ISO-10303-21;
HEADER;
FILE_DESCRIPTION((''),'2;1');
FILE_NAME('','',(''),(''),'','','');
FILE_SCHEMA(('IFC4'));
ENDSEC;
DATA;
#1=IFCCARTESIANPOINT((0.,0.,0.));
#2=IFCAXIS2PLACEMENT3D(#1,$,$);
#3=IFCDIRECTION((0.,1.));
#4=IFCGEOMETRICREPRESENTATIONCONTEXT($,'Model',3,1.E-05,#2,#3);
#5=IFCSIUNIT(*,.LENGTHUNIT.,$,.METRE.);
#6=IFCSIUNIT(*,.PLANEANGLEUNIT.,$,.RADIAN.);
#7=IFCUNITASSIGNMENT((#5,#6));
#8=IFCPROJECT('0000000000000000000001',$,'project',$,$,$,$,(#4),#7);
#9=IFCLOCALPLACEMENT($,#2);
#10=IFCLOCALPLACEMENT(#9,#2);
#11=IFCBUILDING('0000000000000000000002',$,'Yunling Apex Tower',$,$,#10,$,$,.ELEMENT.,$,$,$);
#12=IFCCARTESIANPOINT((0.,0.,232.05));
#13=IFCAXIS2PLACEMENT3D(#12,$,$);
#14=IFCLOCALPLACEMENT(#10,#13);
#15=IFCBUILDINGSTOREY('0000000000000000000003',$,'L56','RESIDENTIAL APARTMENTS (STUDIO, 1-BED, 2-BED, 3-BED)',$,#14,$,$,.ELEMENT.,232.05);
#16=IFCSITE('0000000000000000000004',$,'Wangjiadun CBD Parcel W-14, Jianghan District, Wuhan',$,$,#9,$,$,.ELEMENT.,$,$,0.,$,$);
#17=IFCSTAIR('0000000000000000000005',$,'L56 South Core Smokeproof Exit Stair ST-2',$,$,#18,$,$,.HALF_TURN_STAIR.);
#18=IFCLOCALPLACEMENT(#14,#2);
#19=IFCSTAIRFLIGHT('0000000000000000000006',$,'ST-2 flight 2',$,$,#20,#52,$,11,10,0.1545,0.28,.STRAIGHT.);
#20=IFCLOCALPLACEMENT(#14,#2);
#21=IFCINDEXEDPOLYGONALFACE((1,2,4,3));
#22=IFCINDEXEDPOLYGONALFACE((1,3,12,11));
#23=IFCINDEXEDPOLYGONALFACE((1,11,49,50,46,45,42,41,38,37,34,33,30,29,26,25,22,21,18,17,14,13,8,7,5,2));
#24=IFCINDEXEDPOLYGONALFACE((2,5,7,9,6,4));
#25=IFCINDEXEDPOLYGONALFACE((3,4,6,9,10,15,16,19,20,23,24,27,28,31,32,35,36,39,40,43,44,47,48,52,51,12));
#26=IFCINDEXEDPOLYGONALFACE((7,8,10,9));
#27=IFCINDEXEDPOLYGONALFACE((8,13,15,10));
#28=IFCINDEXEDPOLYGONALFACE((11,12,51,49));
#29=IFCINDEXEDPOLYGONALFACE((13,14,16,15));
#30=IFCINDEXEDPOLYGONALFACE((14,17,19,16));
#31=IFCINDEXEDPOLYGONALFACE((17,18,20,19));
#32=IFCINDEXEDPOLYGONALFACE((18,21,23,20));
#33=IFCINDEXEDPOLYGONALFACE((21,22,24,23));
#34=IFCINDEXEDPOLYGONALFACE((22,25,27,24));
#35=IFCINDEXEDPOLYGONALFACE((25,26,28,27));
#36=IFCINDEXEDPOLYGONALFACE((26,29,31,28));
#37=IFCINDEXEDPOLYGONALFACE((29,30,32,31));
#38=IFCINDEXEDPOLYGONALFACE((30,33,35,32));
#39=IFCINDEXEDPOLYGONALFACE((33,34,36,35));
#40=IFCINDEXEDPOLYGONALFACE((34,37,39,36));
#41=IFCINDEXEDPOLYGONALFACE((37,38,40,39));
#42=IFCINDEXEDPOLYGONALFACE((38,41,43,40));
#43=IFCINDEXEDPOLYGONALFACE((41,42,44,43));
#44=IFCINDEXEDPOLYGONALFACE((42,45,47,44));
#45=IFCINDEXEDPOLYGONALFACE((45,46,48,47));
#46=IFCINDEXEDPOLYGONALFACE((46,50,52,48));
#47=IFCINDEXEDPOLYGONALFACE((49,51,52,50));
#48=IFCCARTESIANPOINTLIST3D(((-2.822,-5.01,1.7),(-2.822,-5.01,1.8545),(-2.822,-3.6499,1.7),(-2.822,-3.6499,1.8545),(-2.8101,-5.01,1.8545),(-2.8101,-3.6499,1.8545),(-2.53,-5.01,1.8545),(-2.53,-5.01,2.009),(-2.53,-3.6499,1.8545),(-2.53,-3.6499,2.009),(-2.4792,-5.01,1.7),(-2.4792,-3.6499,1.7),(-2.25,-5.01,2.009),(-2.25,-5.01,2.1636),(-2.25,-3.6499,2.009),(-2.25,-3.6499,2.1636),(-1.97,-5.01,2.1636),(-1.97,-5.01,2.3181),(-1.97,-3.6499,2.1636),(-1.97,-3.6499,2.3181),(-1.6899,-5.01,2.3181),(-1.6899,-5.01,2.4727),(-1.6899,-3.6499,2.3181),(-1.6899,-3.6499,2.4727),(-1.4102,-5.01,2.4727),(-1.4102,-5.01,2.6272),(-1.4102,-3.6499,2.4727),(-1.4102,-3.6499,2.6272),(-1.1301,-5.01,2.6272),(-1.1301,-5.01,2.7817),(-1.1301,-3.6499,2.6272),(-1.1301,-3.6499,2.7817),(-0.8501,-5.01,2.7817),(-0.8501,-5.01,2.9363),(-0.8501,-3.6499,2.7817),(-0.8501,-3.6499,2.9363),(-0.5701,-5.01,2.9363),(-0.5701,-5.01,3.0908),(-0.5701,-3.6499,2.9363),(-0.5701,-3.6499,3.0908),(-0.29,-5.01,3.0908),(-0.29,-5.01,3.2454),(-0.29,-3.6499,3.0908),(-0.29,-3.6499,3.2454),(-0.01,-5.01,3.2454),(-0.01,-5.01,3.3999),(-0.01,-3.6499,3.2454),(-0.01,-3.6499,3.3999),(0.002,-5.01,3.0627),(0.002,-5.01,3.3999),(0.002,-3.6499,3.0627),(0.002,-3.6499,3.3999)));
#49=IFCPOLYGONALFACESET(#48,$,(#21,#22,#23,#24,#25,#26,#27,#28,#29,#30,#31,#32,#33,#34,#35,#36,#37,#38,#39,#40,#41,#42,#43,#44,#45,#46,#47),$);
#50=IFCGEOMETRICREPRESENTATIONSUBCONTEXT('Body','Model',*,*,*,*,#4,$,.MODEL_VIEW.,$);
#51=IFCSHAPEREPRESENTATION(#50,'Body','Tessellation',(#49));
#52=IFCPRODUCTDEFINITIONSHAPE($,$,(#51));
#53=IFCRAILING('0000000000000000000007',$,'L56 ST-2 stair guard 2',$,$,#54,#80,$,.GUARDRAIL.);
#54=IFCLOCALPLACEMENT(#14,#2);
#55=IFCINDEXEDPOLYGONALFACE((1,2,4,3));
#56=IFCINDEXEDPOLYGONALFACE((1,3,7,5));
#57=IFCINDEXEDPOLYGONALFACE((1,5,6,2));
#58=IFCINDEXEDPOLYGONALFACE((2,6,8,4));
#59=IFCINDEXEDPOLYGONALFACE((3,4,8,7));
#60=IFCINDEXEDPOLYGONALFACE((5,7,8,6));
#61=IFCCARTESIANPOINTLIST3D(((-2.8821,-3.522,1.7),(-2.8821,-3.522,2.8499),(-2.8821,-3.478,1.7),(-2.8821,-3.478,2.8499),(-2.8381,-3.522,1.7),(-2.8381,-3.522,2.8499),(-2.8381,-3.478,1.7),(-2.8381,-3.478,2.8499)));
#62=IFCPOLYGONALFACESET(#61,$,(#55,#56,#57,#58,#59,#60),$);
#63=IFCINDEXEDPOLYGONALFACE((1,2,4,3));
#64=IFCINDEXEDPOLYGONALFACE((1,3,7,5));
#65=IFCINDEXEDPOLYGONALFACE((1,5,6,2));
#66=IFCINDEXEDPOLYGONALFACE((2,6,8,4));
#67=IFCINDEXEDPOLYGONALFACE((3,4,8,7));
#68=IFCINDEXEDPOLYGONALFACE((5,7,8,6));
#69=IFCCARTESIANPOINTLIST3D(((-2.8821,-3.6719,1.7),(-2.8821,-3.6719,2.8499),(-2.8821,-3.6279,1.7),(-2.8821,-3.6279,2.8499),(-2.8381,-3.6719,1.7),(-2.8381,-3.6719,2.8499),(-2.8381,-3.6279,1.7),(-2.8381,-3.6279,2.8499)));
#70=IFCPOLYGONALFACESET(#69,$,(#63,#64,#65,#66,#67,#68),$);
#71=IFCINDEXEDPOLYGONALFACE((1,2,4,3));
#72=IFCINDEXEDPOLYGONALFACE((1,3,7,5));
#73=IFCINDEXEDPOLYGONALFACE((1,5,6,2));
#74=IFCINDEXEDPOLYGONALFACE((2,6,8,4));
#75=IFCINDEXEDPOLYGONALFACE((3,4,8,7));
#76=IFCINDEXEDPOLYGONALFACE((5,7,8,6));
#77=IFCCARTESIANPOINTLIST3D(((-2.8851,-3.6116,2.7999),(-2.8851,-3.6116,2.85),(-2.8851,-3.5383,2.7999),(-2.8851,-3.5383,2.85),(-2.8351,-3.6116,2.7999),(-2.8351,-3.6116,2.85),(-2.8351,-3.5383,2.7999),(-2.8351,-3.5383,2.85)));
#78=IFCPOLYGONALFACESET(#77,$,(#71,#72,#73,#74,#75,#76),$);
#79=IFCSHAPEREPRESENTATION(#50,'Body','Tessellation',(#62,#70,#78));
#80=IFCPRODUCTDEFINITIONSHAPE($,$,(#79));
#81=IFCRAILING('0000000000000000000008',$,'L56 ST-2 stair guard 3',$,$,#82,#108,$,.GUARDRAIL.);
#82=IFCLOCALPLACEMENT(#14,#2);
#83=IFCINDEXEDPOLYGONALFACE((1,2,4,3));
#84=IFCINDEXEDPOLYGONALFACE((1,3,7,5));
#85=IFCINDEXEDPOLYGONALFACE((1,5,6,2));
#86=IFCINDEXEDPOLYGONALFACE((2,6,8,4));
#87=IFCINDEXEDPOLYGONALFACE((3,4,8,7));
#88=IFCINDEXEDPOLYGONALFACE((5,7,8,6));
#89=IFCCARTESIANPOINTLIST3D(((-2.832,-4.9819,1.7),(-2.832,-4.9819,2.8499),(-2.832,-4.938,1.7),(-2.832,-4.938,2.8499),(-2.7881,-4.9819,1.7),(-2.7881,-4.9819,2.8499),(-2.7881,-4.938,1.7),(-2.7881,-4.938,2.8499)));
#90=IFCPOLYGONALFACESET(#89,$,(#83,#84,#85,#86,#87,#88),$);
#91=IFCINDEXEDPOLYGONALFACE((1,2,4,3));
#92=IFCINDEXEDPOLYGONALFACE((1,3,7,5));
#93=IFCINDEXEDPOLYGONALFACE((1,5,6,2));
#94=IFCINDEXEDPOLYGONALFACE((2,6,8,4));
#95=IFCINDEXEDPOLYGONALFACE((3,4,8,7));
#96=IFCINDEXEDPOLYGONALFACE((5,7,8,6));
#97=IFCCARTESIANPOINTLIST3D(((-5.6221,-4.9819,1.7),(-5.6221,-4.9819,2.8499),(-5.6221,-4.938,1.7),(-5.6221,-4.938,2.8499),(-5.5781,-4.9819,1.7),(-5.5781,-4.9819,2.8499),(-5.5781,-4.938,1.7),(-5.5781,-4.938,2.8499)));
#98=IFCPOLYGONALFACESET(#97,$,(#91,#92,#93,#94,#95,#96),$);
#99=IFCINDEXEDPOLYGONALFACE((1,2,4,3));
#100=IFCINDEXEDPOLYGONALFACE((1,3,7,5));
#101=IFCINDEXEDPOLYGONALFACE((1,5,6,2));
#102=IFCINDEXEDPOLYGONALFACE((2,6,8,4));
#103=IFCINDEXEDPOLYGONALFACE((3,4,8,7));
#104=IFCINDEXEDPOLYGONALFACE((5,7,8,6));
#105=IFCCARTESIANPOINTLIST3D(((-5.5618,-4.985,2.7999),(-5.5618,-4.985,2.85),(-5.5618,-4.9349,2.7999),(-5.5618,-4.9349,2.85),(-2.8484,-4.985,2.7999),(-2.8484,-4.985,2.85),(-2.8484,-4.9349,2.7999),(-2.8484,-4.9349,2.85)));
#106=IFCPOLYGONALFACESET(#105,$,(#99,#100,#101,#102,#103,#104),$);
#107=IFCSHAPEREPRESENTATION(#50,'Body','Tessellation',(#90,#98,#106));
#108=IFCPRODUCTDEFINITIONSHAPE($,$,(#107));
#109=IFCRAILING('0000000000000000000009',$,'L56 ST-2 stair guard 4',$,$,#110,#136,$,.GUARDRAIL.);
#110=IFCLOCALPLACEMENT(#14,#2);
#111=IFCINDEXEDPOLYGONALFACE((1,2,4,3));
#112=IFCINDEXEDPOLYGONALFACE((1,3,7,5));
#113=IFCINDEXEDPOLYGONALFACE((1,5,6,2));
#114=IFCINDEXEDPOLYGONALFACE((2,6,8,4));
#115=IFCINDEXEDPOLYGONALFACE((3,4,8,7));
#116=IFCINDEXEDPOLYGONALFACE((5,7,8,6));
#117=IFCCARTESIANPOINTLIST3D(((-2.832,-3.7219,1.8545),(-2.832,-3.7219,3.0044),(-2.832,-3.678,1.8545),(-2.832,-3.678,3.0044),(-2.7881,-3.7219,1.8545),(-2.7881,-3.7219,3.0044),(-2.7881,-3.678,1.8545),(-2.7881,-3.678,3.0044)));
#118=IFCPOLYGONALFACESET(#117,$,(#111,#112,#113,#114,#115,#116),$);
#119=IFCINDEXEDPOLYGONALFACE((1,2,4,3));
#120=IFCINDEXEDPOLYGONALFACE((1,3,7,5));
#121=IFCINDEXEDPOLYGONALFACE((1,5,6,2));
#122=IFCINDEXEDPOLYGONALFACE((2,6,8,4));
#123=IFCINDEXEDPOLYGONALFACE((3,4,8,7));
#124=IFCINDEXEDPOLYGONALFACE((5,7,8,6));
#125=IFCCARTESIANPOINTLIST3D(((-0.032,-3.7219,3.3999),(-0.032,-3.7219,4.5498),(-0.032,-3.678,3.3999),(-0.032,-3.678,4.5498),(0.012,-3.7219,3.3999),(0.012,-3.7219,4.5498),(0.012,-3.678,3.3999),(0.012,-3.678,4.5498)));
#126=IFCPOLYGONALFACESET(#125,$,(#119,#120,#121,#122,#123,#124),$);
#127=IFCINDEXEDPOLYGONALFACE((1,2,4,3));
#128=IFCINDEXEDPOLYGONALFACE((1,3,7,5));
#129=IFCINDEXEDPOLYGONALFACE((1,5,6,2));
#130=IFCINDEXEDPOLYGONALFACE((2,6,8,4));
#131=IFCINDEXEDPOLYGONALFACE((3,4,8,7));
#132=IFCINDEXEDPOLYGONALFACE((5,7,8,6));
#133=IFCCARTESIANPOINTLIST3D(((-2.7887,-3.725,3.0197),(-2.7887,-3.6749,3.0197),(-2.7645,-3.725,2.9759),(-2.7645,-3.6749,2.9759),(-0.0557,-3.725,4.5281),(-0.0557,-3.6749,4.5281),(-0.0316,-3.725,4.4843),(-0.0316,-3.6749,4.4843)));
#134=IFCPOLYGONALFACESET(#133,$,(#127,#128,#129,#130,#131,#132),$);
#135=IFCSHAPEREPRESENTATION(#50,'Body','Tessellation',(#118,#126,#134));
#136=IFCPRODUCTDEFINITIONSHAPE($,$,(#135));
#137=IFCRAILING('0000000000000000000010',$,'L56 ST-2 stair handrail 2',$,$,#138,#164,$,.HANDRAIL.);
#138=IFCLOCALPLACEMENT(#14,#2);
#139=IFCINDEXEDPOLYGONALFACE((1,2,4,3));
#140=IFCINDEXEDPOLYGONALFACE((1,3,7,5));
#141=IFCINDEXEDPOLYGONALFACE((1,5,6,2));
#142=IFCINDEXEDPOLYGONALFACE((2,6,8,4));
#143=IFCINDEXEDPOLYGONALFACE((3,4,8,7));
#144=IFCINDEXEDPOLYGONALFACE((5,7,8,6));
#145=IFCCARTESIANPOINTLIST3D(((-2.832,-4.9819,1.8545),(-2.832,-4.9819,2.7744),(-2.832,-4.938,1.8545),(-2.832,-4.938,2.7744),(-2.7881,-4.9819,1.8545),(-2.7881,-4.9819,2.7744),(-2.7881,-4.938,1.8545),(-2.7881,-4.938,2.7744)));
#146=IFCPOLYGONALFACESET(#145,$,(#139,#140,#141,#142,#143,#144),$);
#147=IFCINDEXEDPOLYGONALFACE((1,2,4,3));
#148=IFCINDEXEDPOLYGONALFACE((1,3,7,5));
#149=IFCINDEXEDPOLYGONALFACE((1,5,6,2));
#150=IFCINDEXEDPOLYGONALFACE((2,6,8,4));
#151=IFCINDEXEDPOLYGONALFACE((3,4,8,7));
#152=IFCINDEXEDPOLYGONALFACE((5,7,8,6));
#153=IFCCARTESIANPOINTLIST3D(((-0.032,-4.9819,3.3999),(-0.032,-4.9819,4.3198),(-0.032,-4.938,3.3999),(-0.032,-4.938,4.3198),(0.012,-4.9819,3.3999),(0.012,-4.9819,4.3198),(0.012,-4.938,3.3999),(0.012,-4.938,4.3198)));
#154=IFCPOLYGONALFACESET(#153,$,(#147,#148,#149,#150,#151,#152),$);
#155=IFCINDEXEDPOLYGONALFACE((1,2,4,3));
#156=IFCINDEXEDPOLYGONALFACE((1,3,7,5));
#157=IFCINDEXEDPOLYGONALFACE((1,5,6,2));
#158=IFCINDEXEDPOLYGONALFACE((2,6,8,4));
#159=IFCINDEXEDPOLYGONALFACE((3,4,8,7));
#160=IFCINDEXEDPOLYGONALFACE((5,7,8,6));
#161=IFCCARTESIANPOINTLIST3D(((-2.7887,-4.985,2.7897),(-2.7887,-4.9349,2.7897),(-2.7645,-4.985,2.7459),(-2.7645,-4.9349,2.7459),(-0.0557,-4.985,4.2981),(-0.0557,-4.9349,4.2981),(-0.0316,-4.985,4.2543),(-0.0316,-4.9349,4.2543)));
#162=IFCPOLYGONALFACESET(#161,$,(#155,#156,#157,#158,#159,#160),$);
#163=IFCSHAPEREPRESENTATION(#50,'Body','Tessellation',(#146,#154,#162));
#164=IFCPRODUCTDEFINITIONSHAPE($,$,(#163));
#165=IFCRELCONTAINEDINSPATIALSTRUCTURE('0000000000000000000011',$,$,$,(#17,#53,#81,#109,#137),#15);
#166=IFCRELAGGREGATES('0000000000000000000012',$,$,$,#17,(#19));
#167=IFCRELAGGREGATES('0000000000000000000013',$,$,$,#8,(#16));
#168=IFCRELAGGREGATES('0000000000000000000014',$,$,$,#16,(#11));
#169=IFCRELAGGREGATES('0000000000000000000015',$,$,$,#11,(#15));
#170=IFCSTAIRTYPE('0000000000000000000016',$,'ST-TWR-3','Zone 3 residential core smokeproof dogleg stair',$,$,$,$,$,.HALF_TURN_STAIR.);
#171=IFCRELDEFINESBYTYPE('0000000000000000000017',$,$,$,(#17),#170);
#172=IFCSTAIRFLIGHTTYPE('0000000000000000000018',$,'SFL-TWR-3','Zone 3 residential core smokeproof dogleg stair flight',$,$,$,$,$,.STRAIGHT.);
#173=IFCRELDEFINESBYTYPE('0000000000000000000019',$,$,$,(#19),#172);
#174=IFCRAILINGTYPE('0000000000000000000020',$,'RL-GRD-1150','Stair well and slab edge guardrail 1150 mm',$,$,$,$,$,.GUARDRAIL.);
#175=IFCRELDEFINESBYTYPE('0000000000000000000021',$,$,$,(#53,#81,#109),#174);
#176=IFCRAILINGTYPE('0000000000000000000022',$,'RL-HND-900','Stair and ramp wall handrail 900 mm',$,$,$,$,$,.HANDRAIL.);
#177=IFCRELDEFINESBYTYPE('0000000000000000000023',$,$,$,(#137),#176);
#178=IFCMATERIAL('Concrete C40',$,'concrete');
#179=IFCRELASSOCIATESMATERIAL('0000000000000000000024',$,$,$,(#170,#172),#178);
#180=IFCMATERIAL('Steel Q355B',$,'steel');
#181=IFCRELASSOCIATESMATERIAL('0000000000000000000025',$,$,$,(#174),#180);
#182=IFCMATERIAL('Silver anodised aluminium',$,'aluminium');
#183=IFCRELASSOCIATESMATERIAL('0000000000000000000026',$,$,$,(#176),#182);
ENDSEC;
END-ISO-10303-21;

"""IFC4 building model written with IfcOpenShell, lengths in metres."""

from ifc_helpers import new_model, si_unit, direction, frame, origin, origin_2d, place, context, subcontext, project, spatial, polyline, rectangle, outline, extrude, material, type_object, element, aggregate, save


model = new_model("IFC4")

# Units and contexts
model_context = context("Model", 3, precision=1e-05, world=origin(), true_north=direction((0.0, 1.0)))
body_context = subcontext(model_context, "Body", "Model", "MODEL_VIEW")
ifc_project = project(units=[si_unit("LENGTHUNIT", "METRE"), si_unit("PLANEANGLEUNIT", "RADIAN")], contexts=[model_context])

# Site, building, storey
site_placement = place(None, origin())
site = spatial("IfcSite", under=ifc_project, at=site_placement, Name="Wangjiadun CBD Parcel W-14, Jianghan District, Wuhan", CompositionType="ELEMENT", RefElevation=0.0)
building_placement = place(site_placement, origin())
building = spatial("IfcBuilding", under=site, at=building_placement, Name="Yunling Apex Tower", CompositionType="ELEMENT")
storey_placement = place(building_placement, frame((0.0, 0.0, 232.05)))
storey = spatial("IfcBuildingStorey", under=building, at=storey_placement, Name="L56", Description="RESIDENTIAL APARTMENTS (STUDIO, 1-BED, 2-BED, 3-BED)", CompositionType="ELEMENT", Elevation=232.05)

# Shared definitions
ifc_material_1 = material(Name="Steel Q355B", Category="steel")
ifc_material_2 = material(Name="Concrete C40", Category="concrete")

# Shared definitions
ifc_material_3 = material(Name="Silver anodised aluminium", Category="aluminium")

# Stair, stair flight
stair_type = type_object("IfcStairType", Name="ST-TWR-3", Description="Zone 3 residential core smokeproof dogleg stair", PredefinedType="HALF_TURN_STAIR", material=ifc_material_2)
stair_placement = place(storey_placement, origin())
stair = element("IfcStair", 1, at=stair_placement, inside=storey, type_object=stair_type, Name="L56 South Core Smokeproof Exit Stair ST-2", PredefinedType="HALF_TURN_STAIR")
stair_flight_type = type_object("IfcStairFlightType", Name="SFL-TWR-3", Description="Zone 3 residential core smokeproof dogleg stair flight", PredefinedType="STRAIGHT", material=ifc_material_2)
stair_flight_placement = place(storey_placement, frame((-2.8101, -4.3301, 1.7), z_axis=(0.0, 0.0, 1.0), x_axis=(1.0, 0.0, 0.0)))
stair_flight = element("IfcStairFlight", 2, at=stair_flight_placement, type_object=stair_flight_type, Name="ST-2 flight 2", NumberOfRisers=11, NumberOfTreads=10, PredefinedType="STRAIGHT", RiserHeight=0.1545, TreadLength=0.28, context=body_context, shape_type="SweptSolid", body=[
    extrude(outline(polyline([(-0.012, 0.0), (-0.012, 0.1545), (0.0, 0.1545), (0.28, 0.1545), (0.28, 0.3091), (0.5601, 0.3091), (0.5601, 0.4636), (0.8401, 0.4636), (0.8401, 0.6182), (1.1201, 0.6182), (1.1201, 0.7727), (1.3999, 0.7727), (1.3999, 0.9272), (1.6799, 0.9272), (1.6799, 1.0818), (1.96, 1.0818), (1.96, 1.2363), (2.24, 1.2363), (2.24, 1.3909), (2.52, 1.3909), (2.52, 1.5454), (2.8, 1.5454), (2.8, 1.7), (2.812, 1.7), (2.812, 1.3628), (0.3308, 0.0), (-0.012, 0.0)])), frame((0.0, 0.6802, 0.0), z_axis=(0.0, -1.0, 0.0), x_axis=(1.0, 0.0, 0.0)), (0.0, 0.0, 1.0), 1.3601),
])
aggregate(stair, [stair_flight])

# Railings
railing_type_1 = type_object("IfcRailingType", Name="RL-GRD-1150", Description="Stair well and slab edge guardrail 1150 mm", PredefinedType="GUARDRAIL", material=ifc_material_1)
railing_1_placement = place(storey_placement, frame((-2.8601, -3.5, 1.7)))
element("IfcRailing", 3, at=railing_1_placement, inside=storey, type_object=railing_type_1, Name="L56 ST-2 stair guard 2", PredefinedType="GUARDRAIL", context=body_context, shape_type="SweptSolid", body=[
    extrude(rectangle(XDim=0.0439, YDim=0.0439, at=origin_2d()), origin(), (0.0, 0.0, 1.0), 1.1499),
    extrude(rectangle(XDim=0.0439, YDim=0.0439, at=origin_2d()), frame((0.0, -0.1499, 0.0)), (0.0, 0.0, 1.0), 1.1499),
    extrude(rectangle(XDim=0.05, YDim=0.05, at=origin_2d()), frame((0.0, -0.0383, 1.125), z_axis=(0.0, -1.0, 0.0), x_axis=(1.0, 0.0, 0.0)), (0.0, 0.0, 1.0), 0.0732),
])
railing_2_placement = place(storey_placement, frame((-2.8101, -4.96, 1.7)))
element("IfcRailing", 4, at=railing_2_placement, inside=storey, type_object=railing_type_1, Name="L56 ST-2 stair guard 3", PredefinedType="GUARDRAIL", context=body_context, shape_type="SweptSolid", body=[
    extrude(rectangle(XDim=0.0439, YDim=0.0439, at=origin_2d()), origin(), (0.0, 0.0, 1.0), 1.1499),
    extrude(rectangle(XDim=0.0439, YDim=0.0439, at=origin_2d()), frame((-2.79, 0.0, 0.0)), (0.0, 0.0, 1.0), 1.1499),
    extrude(rectangle(XDim=0.05, YDim=0.05, at=origin_2d()), frame((-0.0383, 0.0, 1.125), z_axis=(-1.0, 0.0, 0.0), x_axis=(0.0, -1.0, 0.0)), (0.0, 0.0, 1.0), 2.7134),
])
railing_3_placement = place(storey_placement, frame((-2.8101, -3.7, 1.8545)))
element("IfcRailing", 5, at=railing_3_placement, inside=storey, type_object=railing_type_1, Name="L56 ST-2 stair guard 4", PredefinedType="GUARDRAIL", context=body_context, shape_type="SweptSolid", body=[
    extrude(rectangle(XDim=0.0439, YDim=0.0439, at=origin_2d()), origin(), (0.0, 0.0, 1.0), 1.1499),
    extrude(rectangle(XDim=0.0439, YDim=0.0439, at=origin_2d()), frame((2.8, 0.0, 1.5454)), (0.0, 0.0, 1.0), 1.1499),
    extrude(rectangle(XDim=0.05, YDim=0.05, at=origin_2d()), frame((0.0334, 0.0, 1.1433), z_axis=(0.875504, 0.0, 0.483211), x_axis=(0.0, 1.0, 0.0)), (0.0, 0.0, 1.0), 3.1216),
])
railing_type_2 = type_object("IfcRailingType", Name="RL-HND-900", Description="Stair and ramp wall handrail 900 mm", PredefinedType="HANDRAIL", material=ifc_material_3)
railing_4_placement = place(storey_placement, frame((-2.8101, -4.96, 1.8545)))
element("IfcRailing", 6, at=railing_4_placement, inside=storey, type_object=railing_type_2, Name="L56 ST-2 stair handrail 2", PredefinedType="HANDRAIL", context=body_context, shape_type="SweptSolid", body=[
    extrude(rectangle(XDim=0.0439, YDim=0.0439, at=origin_2d()), origin(), (0.0, 0.0, 1.0), 0.9199),
    extrude(rectangle(XDim=0.0439, YDim=0.0439, at=origin_2d()), frame((2.8, 0.0, 1.5454)), (0.0, 0.0, 1.0), 0.9199),
    extrude(rectangle(XDim=0.05, YDim=0.05, at=origin_2d()), frame((0.0334, 0.0, 0.9133), z_axis=(0.875504, 0.0, 0.483211), x_axis=(0.0, 1.0, 0.0)), (0.0, 0.0, 1.0), 3.1216),
])

save(model, "model.ifc")
